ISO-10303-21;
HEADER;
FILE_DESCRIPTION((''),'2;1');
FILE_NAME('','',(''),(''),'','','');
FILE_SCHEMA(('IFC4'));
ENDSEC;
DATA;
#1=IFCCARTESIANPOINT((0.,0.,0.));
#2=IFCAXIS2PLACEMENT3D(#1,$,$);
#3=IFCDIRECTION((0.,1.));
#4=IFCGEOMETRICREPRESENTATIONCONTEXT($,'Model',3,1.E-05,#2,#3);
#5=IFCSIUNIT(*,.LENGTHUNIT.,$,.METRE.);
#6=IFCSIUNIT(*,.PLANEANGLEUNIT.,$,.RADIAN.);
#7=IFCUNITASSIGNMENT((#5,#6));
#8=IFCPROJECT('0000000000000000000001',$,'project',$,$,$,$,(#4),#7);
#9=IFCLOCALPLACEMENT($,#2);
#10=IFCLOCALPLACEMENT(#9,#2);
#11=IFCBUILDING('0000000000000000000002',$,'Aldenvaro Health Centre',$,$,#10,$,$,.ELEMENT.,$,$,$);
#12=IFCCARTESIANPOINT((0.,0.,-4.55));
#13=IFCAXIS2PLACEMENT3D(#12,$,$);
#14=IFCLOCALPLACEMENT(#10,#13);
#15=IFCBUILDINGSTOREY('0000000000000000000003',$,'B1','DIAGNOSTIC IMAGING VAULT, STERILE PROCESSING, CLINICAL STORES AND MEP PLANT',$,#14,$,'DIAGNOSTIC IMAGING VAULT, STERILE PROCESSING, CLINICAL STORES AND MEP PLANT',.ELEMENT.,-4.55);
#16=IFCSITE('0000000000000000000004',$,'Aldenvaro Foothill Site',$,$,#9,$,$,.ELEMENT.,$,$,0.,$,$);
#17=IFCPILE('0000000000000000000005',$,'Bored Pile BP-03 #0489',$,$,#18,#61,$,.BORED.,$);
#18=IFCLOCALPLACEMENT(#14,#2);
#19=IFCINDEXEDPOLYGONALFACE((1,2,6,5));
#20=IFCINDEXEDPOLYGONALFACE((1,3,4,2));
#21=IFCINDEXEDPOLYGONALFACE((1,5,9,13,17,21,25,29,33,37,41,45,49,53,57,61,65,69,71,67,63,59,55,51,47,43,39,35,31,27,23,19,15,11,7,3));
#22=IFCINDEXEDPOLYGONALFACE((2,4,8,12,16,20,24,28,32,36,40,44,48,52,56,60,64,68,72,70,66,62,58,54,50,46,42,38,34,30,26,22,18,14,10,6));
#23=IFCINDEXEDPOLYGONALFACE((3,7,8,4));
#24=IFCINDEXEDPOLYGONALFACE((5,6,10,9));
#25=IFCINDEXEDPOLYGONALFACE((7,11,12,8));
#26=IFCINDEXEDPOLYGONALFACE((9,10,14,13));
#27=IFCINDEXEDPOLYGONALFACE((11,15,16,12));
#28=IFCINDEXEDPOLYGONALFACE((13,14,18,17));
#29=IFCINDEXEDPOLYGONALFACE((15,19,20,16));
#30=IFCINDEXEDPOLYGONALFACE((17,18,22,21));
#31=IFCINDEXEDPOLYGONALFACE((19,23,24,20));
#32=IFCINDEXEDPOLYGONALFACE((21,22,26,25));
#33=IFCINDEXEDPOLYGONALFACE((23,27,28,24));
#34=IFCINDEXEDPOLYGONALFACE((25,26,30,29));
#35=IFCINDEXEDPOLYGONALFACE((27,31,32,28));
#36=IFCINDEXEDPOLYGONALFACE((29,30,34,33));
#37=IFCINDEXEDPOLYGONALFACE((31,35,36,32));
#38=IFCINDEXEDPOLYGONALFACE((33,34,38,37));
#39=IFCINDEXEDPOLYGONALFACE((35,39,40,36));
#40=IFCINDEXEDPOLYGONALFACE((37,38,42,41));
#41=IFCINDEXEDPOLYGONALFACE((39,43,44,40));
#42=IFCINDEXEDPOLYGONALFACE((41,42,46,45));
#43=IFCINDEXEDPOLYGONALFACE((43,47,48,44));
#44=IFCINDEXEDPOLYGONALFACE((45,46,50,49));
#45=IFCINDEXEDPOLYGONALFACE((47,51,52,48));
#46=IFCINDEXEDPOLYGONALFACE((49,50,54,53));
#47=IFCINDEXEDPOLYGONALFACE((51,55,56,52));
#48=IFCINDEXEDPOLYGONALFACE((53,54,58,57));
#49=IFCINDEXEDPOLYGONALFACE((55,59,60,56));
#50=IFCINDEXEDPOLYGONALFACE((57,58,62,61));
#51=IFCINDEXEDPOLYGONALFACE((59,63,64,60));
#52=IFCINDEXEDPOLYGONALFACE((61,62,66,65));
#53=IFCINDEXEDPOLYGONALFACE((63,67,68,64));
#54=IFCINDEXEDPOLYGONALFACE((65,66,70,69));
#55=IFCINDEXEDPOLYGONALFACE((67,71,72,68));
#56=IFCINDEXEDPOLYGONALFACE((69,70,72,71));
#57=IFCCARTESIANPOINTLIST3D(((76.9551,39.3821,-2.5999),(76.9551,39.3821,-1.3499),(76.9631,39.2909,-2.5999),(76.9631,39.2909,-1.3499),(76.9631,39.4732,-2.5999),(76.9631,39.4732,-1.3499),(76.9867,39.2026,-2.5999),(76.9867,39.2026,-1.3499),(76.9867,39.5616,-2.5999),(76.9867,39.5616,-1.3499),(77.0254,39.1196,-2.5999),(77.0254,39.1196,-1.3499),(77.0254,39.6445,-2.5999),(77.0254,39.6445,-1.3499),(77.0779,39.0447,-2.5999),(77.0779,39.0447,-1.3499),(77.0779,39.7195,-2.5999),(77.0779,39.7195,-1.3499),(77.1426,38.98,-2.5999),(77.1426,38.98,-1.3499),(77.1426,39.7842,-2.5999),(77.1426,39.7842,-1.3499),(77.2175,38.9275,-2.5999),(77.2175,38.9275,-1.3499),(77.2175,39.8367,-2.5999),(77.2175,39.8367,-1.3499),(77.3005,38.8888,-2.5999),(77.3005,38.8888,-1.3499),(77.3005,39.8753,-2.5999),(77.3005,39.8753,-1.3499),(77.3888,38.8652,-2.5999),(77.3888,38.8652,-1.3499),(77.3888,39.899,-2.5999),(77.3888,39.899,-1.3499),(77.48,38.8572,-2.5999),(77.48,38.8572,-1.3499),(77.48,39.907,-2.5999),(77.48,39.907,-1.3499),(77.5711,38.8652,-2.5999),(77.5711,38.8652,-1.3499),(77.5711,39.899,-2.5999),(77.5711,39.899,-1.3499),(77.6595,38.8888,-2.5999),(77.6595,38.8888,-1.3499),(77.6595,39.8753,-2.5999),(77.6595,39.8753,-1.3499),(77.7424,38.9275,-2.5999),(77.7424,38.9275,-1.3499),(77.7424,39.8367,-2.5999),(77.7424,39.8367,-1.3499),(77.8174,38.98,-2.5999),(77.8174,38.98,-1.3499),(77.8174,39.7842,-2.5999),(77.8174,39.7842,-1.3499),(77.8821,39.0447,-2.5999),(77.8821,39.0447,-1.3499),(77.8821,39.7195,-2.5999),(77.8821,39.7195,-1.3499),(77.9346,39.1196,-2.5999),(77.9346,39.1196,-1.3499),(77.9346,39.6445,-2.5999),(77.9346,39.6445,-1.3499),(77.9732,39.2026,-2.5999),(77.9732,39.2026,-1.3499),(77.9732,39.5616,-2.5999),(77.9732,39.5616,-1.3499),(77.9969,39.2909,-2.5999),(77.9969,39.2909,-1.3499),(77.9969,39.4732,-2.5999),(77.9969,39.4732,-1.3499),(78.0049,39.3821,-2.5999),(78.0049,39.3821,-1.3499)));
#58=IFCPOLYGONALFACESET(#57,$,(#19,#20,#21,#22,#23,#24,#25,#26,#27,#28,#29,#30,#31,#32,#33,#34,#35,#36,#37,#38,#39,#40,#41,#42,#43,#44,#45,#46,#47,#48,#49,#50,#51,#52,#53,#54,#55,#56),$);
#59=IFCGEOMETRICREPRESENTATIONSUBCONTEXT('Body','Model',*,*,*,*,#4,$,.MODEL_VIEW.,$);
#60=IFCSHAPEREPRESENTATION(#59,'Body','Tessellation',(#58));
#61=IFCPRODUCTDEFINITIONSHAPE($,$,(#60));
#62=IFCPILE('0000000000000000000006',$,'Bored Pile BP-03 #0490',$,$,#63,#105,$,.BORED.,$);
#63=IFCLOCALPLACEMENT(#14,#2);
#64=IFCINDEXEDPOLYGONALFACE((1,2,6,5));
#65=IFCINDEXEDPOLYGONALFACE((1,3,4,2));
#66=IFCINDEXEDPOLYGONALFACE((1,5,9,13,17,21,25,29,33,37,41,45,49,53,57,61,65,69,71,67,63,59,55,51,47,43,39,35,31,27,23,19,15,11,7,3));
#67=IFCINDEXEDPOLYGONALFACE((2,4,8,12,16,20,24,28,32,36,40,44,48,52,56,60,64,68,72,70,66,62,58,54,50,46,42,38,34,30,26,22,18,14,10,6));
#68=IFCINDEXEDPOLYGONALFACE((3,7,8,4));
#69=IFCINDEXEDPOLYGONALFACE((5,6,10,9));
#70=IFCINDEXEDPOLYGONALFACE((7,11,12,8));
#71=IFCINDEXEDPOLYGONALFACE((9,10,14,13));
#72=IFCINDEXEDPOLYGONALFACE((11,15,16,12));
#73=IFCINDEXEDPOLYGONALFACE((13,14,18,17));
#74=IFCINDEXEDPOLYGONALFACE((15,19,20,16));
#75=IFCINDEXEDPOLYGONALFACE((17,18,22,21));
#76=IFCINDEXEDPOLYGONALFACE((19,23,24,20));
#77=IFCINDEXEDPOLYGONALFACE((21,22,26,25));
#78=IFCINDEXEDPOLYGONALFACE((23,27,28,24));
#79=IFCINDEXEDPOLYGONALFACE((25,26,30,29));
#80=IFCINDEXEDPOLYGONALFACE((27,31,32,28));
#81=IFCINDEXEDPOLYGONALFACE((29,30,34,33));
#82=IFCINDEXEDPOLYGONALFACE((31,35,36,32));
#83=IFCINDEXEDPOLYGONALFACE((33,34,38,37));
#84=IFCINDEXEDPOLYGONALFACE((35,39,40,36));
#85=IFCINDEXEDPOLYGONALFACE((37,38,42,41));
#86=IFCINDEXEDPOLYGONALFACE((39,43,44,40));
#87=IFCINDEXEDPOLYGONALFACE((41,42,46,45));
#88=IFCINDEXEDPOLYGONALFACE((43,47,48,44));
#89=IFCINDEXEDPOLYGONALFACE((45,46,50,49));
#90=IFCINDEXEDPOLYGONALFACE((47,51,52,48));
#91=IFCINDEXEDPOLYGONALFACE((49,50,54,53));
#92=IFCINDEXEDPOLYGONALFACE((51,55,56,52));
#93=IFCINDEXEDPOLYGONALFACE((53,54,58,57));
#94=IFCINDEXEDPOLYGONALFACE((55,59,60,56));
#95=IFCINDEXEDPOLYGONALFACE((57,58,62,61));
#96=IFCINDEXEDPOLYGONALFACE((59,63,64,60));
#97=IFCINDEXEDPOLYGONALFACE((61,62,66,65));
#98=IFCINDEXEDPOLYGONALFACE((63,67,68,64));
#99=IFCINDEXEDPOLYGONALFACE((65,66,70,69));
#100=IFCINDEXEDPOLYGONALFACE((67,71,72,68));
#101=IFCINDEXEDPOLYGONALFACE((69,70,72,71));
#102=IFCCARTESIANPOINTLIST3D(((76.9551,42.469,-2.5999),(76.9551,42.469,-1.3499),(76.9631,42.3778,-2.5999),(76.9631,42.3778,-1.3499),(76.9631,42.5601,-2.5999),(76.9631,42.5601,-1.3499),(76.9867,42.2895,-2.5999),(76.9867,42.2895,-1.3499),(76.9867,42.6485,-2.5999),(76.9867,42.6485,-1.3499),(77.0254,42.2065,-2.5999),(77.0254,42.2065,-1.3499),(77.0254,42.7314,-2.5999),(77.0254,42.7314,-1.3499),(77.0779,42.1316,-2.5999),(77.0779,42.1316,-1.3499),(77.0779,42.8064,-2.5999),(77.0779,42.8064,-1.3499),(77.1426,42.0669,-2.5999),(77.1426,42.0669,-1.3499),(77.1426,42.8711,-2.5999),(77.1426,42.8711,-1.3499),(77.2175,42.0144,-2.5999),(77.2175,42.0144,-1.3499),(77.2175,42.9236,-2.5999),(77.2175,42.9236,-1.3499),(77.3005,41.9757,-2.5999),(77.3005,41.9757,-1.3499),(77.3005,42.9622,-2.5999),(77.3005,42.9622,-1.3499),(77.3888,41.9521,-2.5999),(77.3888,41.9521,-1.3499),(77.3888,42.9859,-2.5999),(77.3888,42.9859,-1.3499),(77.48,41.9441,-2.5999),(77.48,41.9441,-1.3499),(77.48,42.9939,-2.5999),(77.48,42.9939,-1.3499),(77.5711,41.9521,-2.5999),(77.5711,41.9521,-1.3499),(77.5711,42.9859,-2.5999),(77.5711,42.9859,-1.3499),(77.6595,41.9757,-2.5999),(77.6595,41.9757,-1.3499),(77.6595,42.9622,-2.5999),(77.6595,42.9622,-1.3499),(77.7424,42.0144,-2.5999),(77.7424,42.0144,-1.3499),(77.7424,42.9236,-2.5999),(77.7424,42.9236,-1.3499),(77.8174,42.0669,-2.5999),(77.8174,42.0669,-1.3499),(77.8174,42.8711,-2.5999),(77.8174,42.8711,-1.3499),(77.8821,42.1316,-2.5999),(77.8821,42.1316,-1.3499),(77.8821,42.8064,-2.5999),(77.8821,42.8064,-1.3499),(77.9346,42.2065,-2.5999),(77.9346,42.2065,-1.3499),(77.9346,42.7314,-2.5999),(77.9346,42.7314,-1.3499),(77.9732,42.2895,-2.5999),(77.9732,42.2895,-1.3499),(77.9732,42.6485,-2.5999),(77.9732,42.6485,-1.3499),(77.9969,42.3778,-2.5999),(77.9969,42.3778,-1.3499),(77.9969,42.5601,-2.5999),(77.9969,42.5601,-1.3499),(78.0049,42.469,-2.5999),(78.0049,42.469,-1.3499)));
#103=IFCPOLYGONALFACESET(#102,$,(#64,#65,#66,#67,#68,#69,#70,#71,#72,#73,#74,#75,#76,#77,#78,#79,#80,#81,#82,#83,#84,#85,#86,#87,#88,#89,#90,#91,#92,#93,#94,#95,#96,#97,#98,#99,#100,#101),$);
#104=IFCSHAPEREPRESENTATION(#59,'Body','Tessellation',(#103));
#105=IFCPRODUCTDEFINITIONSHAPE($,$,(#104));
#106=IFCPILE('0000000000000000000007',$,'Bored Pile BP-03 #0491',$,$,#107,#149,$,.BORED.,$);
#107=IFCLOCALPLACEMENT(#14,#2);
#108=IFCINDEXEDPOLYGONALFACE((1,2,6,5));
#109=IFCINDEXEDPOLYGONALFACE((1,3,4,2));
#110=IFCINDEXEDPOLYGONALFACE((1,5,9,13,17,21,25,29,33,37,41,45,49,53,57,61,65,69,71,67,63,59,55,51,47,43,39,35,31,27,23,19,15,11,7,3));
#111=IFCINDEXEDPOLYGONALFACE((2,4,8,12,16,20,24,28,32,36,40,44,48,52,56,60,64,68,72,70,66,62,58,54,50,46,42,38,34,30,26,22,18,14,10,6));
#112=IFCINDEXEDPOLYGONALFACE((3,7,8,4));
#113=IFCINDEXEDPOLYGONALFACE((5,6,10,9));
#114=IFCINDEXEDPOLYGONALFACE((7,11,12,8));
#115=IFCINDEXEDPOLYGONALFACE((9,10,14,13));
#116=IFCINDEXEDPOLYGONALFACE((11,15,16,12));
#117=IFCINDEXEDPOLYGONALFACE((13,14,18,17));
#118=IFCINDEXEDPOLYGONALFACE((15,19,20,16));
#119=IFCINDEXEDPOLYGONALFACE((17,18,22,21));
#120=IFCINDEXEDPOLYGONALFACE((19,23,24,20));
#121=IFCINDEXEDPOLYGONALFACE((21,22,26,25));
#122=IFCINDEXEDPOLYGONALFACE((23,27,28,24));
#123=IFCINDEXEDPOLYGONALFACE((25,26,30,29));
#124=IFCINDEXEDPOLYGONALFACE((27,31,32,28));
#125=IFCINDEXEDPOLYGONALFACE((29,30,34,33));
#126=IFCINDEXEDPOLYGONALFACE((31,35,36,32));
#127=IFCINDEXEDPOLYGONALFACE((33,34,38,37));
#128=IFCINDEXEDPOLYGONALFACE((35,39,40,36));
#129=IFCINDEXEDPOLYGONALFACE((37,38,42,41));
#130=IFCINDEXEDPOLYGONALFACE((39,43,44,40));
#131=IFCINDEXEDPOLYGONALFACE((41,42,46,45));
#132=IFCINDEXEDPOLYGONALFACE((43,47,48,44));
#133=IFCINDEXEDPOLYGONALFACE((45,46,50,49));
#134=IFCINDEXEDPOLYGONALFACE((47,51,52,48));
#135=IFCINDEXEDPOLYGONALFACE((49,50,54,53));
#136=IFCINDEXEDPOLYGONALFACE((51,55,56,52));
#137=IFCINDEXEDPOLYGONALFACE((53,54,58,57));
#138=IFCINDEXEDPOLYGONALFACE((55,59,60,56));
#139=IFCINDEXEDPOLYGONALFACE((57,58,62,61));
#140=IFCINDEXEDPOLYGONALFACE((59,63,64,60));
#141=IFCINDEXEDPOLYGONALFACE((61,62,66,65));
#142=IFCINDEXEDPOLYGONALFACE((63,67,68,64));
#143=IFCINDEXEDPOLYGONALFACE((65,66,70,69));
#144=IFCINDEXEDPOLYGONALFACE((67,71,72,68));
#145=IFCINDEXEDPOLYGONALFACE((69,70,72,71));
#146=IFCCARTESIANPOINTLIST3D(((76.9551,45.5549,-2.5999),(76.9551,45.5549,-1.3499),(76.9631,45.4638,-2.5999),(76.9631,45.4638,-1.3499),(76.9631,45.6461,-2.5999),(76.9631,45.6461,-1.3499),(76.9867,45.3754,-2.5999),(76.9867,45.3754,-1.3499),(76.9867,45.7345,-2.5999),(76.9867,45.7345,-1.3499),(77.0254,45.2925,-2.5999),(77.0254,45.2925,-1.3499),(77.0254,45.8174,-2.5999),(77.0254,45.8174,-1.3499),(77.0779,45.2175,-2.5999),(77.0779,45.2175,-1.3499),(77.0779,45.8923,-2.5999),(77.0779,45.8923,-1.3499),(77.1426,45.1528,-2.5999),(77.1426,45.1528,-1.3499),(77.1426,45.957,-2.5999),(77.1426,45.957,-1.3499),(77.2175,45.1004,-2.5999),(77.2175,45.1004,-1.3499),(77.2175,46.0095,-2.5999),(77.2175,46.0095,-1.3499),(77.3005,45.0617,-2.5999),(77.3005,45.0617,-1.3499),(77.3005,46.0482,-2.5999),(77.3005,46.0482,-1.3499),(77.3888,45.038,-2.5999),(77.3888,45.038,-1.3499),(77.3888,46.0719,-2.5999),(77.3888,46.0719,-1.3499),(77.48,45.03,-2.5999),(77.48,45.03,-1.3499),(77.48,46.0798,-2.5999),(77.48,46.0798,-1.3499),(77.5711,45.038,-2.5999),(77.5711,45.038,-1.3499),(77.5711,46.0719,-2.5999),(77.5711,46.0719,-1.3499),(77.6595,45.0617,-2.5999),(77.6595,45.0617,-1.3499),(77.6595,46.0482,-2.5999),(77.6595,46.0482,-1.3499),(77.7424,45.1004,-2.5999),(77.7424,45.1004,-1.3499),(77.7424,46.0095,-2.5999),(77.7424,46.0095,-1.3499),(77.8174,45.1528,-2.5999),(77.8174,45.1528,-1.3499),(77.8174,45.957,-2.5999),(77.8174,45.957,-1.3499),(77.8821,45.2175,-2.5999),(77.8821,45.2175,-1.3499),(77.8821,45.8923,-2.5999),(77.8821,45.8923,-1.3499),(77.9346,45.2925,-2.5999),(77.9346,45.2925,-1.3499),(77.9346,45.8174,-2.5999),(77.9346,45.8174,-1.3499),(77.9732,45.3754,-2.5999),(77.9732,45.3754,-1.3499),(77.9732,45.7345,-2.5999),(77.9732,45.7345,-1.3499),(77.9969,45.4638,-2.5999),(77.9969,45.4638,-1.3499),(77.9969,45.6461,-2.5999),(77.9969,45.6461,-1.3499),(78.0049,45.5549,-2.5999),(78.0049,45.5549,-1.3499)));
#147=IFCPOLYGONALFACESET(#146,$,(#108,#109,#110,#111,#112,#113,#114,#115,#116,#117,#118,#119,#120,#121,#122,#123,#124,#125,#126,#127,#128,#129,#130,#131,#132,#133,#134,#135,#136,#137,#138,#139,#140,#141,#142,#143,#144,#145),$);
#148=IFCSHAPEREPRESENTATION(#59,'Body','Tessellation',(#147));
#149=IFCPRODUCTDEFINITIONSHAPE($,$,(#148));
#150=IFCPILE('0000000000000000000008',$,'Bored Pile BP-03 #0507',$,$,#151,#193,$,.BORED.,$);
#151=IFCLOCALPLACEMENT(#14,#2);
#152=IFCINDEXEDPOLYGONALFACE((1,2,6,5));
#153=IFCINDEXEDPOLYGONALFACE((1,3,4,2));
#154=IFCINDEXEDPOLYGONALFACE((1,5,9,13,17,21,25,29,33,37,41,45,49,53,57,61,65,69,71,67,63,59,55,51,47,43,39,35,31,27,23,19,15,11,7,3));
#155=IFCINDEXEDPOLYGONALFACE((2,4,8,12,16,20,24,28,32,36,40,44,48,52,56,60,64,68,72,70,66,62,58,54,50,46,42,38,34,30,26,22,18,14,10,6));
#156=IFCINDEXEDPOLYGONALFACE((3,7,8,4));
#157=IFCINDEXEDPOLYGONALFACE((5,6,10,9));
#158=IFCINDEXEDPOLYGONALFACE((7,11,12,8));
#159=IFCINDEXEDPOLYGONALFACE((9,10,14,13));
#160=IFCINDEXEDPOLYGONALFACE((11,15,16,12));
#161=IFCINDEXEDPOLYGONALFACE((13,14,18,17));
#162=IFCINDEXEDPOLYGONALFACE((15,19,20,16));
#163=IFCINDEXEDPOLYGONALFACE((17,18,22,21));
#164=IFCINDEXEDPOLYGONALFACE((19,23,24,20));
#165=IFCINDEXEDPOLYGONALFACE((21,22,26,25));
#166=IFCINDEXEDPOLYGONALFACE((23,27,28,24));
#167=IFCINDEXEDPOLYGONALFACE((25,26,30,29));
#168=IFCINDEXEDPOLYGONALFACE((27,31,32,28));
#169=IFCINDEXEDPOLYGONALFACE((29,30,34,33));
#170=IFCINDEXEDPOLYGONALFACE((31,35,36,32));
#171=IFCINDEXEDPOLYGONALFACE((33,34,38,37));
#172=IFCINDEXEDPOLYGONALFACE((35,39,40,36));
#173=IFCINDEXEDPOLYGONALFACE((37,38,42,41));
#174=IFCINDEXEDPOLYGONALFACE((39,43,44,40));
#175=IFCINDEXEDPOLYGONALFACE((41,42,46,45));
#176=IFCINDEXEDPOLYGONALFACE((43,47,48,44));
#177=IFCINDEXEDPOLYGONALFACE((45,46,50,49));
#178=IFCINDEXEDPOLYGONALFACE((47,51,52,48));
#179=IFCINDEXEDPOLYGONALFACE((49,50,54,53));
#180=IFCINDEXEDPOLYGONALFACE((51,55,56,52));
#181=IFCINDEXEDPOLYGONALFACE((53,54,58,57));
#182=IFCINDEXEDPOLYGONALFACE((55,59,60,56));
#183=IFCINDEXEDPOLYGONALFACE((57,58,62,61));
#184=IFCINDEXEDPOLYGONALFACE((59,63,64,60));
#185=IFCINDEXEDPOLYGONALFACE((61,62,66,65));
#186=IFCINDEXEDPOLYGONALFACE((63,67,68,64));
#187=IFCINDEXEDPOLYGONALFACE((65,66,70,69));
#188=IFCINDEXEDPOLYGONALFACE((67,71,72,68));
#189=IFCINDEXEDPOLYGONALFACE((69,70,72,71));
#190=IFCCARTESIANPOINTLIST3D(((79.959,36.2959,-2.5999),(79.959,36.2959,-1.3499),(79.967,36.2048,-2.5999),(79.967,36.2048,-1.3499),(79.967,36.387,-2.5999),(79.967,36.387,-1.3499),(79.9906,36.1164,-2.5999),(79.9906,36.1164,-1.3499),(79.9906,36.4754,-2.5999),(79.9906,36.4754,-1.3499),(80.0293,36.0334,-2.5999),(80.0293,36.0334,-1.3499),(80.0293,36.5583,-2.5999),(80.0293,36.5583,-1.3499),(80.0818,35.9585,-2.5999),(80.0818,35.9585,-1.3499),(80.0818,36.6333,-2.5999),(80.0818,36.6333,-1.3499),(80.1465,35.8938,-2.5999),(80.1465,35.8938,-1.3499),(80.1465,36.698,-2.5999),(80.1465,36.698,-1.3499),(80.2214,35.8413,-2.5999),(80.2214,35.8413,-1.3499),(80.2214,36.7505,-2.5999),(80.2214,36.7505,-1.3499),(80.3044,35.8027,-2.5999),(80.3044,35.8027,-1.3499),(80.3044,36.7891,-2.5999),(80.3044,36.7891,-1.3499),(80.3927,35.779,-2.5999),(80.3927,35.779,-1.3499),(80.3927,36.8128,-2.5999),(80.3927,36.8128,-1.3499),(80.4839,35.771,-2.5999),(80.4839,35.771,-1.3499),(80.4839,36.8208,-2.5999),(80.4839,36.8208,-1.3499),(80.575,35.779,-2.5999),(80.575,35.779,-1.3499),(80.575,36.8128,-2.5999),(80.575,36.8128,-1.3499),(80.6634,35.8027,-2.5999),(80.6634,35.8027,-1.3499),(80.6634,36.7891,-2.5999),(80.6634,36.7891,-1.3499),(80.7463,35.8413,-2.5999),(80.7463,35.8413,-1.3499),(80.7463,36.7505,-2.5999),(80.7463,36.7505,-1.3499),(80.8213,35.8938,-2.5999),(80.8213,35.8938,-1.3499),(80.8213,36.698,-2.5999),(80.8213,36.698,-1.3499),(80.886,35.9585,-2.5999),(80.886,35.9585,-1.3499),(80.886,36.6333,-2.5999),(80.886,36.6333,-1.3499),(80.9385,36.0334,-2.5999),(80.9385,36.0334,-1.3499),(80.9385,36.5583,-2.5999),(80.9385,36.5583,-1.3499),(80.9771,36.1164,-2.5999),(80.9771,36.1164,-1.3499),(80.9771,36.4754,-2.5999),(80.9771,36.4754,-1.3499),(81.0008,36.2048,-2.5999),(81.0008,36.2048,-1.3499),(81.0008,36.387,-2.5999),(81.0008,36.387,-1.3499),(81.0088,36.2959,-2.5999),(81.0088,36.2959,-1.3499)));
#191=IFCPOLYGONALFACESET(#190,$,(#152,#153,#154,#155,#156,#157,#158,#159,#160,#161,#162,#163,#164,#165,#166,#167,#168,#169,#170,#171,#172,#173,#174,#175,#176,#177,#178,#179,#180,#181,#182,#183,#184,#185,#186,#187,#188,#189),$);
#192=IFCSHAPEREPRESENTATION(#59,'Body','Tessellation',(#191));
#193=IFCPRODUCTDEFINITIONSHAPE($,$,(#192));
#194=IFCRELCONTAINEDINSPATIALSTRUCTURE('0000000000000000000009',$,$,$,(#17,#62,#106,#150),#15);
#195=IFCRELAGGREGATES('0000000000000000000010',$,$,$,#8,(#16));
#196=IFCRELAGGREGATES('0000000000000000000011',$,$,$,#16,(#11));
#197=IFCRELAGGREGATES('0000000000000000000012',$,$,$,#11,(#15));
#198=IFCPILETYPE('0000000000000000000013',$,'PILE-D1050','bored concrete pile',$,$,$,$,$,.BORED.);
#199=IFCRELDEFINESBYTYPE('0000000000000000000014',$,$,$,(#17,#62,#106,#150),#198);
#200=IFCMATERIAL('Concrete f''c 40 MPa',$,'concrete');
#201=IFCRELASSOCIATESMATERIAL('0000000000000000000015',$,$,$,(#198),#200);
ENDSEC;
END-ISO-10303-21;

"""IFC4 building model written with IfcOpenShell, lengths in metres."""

from ifc_helpers import new_model, si_unit, direction, frame, origin, origin_2d, place, context, subcontext, project, spatial, circle, extrude, material, material_profile, profile_set, type_object, element, save


model = new_model("IFC4")

# Units and contexts
model_context = context("Model", 3, precision=1e-05, world=origin(), true_north=direction((0.0, 1.0)))
body_context = subcontext(model_context, "Body", "Model", "MODEL_VIEW")
ifc_project = project(units=[si_unit("LENGTHUNIT", "METRE"), si_unit("PLANEANGLEUNIT", "RADIAN")], contexts=[model_context])

# Site, building, storey
site_placement = place(None, origin())
site = spatial("IfcSite", under=ifc_project, at=site_placement, Name="Aldenvaro Foothill Site", CompositionType="ELEMENT", RefElevation=0.0)
building_placement = place(site_placement, origin())
building = spatial("IfcBuilding", under=site, at=building_placement, Name="Aldenvaro Health Centre", CompositionType="ELEMENT")
storey_placement = place(building_placement, frame((0.0, 0.0, -4.55)))
storey = spatial("IfcBuildingStorey", under=building, at=storey_placement, Name="B1", Description="DIAGNOSTIC IMAGING VAULT, STERILE PROCESSING, CLINICAL STORES AND MEP PLANT", LongName="DIAGNOSTIC IMAGING VAULT, STERILE PROCESSING, CLINICAL STORES AND MEP PLANT", CompositionType="ELEMENT", Elevation=-4.55)

# Piles
ifc_material_1 = material(Name="Concrete f'c 40 MPa", Category="concrete")
ifc_material_profile_1 = material_profile(ifc_material_1, circle(Radius=0.5249, at=origin_2d()), Name="PILE D1050", Category="concrete")
ifc_profile_set_1 = profile_set([ifc_material_profile_1], Name="Concrete f'c 40 MPa")
pile_type = type_object("IfcPileType", Name="PILE-D1050", Description="bored concrete pile", PredefinedType="BORED", material=ifc_profile_set_1)
for number, where, z_axis, x_axis, name in (
    (1, (77.48, 39.3821, -1.3499), (0.0, 0.0, -1.0), (1.0, 0.0, 0.0), "Bored Pile BP-03 #0489"),
    (2, (77.48, 42.469, -1.3499), (0.0, 0.0, -1.0), (1.0, 0.0, 0.0), "Bored Pile BP-03 #0490"),
    (3, (77.48, 45.5549, -1.3499), (0.0, 0.0, -1.0), (1.0, 0.0, 0.0), "Bored Pile BP-03 #0491"),
    (4, (80.4839, 36.2959, -1.3499), (0.0, 0.0, -1.0), (1.0, 0.0, 0.0), "Bored Pile BP-03 #0507"),
):
    element("IfcPile", number, at=place(storey_placement, frame(where, z_axis=z_axis, x_axis=x_axis)), inside=storey, type_object=pile_type, Name=name, PredefinedType="BORED", context=body_context, shape_type="SweptSolid", body=[
        extrude(circle(Radius=0.5249, at=origin_2d()), origin(), (0.0, 0.0, 1.0), 1.25),
    ])

save(model, "model.ifc")
